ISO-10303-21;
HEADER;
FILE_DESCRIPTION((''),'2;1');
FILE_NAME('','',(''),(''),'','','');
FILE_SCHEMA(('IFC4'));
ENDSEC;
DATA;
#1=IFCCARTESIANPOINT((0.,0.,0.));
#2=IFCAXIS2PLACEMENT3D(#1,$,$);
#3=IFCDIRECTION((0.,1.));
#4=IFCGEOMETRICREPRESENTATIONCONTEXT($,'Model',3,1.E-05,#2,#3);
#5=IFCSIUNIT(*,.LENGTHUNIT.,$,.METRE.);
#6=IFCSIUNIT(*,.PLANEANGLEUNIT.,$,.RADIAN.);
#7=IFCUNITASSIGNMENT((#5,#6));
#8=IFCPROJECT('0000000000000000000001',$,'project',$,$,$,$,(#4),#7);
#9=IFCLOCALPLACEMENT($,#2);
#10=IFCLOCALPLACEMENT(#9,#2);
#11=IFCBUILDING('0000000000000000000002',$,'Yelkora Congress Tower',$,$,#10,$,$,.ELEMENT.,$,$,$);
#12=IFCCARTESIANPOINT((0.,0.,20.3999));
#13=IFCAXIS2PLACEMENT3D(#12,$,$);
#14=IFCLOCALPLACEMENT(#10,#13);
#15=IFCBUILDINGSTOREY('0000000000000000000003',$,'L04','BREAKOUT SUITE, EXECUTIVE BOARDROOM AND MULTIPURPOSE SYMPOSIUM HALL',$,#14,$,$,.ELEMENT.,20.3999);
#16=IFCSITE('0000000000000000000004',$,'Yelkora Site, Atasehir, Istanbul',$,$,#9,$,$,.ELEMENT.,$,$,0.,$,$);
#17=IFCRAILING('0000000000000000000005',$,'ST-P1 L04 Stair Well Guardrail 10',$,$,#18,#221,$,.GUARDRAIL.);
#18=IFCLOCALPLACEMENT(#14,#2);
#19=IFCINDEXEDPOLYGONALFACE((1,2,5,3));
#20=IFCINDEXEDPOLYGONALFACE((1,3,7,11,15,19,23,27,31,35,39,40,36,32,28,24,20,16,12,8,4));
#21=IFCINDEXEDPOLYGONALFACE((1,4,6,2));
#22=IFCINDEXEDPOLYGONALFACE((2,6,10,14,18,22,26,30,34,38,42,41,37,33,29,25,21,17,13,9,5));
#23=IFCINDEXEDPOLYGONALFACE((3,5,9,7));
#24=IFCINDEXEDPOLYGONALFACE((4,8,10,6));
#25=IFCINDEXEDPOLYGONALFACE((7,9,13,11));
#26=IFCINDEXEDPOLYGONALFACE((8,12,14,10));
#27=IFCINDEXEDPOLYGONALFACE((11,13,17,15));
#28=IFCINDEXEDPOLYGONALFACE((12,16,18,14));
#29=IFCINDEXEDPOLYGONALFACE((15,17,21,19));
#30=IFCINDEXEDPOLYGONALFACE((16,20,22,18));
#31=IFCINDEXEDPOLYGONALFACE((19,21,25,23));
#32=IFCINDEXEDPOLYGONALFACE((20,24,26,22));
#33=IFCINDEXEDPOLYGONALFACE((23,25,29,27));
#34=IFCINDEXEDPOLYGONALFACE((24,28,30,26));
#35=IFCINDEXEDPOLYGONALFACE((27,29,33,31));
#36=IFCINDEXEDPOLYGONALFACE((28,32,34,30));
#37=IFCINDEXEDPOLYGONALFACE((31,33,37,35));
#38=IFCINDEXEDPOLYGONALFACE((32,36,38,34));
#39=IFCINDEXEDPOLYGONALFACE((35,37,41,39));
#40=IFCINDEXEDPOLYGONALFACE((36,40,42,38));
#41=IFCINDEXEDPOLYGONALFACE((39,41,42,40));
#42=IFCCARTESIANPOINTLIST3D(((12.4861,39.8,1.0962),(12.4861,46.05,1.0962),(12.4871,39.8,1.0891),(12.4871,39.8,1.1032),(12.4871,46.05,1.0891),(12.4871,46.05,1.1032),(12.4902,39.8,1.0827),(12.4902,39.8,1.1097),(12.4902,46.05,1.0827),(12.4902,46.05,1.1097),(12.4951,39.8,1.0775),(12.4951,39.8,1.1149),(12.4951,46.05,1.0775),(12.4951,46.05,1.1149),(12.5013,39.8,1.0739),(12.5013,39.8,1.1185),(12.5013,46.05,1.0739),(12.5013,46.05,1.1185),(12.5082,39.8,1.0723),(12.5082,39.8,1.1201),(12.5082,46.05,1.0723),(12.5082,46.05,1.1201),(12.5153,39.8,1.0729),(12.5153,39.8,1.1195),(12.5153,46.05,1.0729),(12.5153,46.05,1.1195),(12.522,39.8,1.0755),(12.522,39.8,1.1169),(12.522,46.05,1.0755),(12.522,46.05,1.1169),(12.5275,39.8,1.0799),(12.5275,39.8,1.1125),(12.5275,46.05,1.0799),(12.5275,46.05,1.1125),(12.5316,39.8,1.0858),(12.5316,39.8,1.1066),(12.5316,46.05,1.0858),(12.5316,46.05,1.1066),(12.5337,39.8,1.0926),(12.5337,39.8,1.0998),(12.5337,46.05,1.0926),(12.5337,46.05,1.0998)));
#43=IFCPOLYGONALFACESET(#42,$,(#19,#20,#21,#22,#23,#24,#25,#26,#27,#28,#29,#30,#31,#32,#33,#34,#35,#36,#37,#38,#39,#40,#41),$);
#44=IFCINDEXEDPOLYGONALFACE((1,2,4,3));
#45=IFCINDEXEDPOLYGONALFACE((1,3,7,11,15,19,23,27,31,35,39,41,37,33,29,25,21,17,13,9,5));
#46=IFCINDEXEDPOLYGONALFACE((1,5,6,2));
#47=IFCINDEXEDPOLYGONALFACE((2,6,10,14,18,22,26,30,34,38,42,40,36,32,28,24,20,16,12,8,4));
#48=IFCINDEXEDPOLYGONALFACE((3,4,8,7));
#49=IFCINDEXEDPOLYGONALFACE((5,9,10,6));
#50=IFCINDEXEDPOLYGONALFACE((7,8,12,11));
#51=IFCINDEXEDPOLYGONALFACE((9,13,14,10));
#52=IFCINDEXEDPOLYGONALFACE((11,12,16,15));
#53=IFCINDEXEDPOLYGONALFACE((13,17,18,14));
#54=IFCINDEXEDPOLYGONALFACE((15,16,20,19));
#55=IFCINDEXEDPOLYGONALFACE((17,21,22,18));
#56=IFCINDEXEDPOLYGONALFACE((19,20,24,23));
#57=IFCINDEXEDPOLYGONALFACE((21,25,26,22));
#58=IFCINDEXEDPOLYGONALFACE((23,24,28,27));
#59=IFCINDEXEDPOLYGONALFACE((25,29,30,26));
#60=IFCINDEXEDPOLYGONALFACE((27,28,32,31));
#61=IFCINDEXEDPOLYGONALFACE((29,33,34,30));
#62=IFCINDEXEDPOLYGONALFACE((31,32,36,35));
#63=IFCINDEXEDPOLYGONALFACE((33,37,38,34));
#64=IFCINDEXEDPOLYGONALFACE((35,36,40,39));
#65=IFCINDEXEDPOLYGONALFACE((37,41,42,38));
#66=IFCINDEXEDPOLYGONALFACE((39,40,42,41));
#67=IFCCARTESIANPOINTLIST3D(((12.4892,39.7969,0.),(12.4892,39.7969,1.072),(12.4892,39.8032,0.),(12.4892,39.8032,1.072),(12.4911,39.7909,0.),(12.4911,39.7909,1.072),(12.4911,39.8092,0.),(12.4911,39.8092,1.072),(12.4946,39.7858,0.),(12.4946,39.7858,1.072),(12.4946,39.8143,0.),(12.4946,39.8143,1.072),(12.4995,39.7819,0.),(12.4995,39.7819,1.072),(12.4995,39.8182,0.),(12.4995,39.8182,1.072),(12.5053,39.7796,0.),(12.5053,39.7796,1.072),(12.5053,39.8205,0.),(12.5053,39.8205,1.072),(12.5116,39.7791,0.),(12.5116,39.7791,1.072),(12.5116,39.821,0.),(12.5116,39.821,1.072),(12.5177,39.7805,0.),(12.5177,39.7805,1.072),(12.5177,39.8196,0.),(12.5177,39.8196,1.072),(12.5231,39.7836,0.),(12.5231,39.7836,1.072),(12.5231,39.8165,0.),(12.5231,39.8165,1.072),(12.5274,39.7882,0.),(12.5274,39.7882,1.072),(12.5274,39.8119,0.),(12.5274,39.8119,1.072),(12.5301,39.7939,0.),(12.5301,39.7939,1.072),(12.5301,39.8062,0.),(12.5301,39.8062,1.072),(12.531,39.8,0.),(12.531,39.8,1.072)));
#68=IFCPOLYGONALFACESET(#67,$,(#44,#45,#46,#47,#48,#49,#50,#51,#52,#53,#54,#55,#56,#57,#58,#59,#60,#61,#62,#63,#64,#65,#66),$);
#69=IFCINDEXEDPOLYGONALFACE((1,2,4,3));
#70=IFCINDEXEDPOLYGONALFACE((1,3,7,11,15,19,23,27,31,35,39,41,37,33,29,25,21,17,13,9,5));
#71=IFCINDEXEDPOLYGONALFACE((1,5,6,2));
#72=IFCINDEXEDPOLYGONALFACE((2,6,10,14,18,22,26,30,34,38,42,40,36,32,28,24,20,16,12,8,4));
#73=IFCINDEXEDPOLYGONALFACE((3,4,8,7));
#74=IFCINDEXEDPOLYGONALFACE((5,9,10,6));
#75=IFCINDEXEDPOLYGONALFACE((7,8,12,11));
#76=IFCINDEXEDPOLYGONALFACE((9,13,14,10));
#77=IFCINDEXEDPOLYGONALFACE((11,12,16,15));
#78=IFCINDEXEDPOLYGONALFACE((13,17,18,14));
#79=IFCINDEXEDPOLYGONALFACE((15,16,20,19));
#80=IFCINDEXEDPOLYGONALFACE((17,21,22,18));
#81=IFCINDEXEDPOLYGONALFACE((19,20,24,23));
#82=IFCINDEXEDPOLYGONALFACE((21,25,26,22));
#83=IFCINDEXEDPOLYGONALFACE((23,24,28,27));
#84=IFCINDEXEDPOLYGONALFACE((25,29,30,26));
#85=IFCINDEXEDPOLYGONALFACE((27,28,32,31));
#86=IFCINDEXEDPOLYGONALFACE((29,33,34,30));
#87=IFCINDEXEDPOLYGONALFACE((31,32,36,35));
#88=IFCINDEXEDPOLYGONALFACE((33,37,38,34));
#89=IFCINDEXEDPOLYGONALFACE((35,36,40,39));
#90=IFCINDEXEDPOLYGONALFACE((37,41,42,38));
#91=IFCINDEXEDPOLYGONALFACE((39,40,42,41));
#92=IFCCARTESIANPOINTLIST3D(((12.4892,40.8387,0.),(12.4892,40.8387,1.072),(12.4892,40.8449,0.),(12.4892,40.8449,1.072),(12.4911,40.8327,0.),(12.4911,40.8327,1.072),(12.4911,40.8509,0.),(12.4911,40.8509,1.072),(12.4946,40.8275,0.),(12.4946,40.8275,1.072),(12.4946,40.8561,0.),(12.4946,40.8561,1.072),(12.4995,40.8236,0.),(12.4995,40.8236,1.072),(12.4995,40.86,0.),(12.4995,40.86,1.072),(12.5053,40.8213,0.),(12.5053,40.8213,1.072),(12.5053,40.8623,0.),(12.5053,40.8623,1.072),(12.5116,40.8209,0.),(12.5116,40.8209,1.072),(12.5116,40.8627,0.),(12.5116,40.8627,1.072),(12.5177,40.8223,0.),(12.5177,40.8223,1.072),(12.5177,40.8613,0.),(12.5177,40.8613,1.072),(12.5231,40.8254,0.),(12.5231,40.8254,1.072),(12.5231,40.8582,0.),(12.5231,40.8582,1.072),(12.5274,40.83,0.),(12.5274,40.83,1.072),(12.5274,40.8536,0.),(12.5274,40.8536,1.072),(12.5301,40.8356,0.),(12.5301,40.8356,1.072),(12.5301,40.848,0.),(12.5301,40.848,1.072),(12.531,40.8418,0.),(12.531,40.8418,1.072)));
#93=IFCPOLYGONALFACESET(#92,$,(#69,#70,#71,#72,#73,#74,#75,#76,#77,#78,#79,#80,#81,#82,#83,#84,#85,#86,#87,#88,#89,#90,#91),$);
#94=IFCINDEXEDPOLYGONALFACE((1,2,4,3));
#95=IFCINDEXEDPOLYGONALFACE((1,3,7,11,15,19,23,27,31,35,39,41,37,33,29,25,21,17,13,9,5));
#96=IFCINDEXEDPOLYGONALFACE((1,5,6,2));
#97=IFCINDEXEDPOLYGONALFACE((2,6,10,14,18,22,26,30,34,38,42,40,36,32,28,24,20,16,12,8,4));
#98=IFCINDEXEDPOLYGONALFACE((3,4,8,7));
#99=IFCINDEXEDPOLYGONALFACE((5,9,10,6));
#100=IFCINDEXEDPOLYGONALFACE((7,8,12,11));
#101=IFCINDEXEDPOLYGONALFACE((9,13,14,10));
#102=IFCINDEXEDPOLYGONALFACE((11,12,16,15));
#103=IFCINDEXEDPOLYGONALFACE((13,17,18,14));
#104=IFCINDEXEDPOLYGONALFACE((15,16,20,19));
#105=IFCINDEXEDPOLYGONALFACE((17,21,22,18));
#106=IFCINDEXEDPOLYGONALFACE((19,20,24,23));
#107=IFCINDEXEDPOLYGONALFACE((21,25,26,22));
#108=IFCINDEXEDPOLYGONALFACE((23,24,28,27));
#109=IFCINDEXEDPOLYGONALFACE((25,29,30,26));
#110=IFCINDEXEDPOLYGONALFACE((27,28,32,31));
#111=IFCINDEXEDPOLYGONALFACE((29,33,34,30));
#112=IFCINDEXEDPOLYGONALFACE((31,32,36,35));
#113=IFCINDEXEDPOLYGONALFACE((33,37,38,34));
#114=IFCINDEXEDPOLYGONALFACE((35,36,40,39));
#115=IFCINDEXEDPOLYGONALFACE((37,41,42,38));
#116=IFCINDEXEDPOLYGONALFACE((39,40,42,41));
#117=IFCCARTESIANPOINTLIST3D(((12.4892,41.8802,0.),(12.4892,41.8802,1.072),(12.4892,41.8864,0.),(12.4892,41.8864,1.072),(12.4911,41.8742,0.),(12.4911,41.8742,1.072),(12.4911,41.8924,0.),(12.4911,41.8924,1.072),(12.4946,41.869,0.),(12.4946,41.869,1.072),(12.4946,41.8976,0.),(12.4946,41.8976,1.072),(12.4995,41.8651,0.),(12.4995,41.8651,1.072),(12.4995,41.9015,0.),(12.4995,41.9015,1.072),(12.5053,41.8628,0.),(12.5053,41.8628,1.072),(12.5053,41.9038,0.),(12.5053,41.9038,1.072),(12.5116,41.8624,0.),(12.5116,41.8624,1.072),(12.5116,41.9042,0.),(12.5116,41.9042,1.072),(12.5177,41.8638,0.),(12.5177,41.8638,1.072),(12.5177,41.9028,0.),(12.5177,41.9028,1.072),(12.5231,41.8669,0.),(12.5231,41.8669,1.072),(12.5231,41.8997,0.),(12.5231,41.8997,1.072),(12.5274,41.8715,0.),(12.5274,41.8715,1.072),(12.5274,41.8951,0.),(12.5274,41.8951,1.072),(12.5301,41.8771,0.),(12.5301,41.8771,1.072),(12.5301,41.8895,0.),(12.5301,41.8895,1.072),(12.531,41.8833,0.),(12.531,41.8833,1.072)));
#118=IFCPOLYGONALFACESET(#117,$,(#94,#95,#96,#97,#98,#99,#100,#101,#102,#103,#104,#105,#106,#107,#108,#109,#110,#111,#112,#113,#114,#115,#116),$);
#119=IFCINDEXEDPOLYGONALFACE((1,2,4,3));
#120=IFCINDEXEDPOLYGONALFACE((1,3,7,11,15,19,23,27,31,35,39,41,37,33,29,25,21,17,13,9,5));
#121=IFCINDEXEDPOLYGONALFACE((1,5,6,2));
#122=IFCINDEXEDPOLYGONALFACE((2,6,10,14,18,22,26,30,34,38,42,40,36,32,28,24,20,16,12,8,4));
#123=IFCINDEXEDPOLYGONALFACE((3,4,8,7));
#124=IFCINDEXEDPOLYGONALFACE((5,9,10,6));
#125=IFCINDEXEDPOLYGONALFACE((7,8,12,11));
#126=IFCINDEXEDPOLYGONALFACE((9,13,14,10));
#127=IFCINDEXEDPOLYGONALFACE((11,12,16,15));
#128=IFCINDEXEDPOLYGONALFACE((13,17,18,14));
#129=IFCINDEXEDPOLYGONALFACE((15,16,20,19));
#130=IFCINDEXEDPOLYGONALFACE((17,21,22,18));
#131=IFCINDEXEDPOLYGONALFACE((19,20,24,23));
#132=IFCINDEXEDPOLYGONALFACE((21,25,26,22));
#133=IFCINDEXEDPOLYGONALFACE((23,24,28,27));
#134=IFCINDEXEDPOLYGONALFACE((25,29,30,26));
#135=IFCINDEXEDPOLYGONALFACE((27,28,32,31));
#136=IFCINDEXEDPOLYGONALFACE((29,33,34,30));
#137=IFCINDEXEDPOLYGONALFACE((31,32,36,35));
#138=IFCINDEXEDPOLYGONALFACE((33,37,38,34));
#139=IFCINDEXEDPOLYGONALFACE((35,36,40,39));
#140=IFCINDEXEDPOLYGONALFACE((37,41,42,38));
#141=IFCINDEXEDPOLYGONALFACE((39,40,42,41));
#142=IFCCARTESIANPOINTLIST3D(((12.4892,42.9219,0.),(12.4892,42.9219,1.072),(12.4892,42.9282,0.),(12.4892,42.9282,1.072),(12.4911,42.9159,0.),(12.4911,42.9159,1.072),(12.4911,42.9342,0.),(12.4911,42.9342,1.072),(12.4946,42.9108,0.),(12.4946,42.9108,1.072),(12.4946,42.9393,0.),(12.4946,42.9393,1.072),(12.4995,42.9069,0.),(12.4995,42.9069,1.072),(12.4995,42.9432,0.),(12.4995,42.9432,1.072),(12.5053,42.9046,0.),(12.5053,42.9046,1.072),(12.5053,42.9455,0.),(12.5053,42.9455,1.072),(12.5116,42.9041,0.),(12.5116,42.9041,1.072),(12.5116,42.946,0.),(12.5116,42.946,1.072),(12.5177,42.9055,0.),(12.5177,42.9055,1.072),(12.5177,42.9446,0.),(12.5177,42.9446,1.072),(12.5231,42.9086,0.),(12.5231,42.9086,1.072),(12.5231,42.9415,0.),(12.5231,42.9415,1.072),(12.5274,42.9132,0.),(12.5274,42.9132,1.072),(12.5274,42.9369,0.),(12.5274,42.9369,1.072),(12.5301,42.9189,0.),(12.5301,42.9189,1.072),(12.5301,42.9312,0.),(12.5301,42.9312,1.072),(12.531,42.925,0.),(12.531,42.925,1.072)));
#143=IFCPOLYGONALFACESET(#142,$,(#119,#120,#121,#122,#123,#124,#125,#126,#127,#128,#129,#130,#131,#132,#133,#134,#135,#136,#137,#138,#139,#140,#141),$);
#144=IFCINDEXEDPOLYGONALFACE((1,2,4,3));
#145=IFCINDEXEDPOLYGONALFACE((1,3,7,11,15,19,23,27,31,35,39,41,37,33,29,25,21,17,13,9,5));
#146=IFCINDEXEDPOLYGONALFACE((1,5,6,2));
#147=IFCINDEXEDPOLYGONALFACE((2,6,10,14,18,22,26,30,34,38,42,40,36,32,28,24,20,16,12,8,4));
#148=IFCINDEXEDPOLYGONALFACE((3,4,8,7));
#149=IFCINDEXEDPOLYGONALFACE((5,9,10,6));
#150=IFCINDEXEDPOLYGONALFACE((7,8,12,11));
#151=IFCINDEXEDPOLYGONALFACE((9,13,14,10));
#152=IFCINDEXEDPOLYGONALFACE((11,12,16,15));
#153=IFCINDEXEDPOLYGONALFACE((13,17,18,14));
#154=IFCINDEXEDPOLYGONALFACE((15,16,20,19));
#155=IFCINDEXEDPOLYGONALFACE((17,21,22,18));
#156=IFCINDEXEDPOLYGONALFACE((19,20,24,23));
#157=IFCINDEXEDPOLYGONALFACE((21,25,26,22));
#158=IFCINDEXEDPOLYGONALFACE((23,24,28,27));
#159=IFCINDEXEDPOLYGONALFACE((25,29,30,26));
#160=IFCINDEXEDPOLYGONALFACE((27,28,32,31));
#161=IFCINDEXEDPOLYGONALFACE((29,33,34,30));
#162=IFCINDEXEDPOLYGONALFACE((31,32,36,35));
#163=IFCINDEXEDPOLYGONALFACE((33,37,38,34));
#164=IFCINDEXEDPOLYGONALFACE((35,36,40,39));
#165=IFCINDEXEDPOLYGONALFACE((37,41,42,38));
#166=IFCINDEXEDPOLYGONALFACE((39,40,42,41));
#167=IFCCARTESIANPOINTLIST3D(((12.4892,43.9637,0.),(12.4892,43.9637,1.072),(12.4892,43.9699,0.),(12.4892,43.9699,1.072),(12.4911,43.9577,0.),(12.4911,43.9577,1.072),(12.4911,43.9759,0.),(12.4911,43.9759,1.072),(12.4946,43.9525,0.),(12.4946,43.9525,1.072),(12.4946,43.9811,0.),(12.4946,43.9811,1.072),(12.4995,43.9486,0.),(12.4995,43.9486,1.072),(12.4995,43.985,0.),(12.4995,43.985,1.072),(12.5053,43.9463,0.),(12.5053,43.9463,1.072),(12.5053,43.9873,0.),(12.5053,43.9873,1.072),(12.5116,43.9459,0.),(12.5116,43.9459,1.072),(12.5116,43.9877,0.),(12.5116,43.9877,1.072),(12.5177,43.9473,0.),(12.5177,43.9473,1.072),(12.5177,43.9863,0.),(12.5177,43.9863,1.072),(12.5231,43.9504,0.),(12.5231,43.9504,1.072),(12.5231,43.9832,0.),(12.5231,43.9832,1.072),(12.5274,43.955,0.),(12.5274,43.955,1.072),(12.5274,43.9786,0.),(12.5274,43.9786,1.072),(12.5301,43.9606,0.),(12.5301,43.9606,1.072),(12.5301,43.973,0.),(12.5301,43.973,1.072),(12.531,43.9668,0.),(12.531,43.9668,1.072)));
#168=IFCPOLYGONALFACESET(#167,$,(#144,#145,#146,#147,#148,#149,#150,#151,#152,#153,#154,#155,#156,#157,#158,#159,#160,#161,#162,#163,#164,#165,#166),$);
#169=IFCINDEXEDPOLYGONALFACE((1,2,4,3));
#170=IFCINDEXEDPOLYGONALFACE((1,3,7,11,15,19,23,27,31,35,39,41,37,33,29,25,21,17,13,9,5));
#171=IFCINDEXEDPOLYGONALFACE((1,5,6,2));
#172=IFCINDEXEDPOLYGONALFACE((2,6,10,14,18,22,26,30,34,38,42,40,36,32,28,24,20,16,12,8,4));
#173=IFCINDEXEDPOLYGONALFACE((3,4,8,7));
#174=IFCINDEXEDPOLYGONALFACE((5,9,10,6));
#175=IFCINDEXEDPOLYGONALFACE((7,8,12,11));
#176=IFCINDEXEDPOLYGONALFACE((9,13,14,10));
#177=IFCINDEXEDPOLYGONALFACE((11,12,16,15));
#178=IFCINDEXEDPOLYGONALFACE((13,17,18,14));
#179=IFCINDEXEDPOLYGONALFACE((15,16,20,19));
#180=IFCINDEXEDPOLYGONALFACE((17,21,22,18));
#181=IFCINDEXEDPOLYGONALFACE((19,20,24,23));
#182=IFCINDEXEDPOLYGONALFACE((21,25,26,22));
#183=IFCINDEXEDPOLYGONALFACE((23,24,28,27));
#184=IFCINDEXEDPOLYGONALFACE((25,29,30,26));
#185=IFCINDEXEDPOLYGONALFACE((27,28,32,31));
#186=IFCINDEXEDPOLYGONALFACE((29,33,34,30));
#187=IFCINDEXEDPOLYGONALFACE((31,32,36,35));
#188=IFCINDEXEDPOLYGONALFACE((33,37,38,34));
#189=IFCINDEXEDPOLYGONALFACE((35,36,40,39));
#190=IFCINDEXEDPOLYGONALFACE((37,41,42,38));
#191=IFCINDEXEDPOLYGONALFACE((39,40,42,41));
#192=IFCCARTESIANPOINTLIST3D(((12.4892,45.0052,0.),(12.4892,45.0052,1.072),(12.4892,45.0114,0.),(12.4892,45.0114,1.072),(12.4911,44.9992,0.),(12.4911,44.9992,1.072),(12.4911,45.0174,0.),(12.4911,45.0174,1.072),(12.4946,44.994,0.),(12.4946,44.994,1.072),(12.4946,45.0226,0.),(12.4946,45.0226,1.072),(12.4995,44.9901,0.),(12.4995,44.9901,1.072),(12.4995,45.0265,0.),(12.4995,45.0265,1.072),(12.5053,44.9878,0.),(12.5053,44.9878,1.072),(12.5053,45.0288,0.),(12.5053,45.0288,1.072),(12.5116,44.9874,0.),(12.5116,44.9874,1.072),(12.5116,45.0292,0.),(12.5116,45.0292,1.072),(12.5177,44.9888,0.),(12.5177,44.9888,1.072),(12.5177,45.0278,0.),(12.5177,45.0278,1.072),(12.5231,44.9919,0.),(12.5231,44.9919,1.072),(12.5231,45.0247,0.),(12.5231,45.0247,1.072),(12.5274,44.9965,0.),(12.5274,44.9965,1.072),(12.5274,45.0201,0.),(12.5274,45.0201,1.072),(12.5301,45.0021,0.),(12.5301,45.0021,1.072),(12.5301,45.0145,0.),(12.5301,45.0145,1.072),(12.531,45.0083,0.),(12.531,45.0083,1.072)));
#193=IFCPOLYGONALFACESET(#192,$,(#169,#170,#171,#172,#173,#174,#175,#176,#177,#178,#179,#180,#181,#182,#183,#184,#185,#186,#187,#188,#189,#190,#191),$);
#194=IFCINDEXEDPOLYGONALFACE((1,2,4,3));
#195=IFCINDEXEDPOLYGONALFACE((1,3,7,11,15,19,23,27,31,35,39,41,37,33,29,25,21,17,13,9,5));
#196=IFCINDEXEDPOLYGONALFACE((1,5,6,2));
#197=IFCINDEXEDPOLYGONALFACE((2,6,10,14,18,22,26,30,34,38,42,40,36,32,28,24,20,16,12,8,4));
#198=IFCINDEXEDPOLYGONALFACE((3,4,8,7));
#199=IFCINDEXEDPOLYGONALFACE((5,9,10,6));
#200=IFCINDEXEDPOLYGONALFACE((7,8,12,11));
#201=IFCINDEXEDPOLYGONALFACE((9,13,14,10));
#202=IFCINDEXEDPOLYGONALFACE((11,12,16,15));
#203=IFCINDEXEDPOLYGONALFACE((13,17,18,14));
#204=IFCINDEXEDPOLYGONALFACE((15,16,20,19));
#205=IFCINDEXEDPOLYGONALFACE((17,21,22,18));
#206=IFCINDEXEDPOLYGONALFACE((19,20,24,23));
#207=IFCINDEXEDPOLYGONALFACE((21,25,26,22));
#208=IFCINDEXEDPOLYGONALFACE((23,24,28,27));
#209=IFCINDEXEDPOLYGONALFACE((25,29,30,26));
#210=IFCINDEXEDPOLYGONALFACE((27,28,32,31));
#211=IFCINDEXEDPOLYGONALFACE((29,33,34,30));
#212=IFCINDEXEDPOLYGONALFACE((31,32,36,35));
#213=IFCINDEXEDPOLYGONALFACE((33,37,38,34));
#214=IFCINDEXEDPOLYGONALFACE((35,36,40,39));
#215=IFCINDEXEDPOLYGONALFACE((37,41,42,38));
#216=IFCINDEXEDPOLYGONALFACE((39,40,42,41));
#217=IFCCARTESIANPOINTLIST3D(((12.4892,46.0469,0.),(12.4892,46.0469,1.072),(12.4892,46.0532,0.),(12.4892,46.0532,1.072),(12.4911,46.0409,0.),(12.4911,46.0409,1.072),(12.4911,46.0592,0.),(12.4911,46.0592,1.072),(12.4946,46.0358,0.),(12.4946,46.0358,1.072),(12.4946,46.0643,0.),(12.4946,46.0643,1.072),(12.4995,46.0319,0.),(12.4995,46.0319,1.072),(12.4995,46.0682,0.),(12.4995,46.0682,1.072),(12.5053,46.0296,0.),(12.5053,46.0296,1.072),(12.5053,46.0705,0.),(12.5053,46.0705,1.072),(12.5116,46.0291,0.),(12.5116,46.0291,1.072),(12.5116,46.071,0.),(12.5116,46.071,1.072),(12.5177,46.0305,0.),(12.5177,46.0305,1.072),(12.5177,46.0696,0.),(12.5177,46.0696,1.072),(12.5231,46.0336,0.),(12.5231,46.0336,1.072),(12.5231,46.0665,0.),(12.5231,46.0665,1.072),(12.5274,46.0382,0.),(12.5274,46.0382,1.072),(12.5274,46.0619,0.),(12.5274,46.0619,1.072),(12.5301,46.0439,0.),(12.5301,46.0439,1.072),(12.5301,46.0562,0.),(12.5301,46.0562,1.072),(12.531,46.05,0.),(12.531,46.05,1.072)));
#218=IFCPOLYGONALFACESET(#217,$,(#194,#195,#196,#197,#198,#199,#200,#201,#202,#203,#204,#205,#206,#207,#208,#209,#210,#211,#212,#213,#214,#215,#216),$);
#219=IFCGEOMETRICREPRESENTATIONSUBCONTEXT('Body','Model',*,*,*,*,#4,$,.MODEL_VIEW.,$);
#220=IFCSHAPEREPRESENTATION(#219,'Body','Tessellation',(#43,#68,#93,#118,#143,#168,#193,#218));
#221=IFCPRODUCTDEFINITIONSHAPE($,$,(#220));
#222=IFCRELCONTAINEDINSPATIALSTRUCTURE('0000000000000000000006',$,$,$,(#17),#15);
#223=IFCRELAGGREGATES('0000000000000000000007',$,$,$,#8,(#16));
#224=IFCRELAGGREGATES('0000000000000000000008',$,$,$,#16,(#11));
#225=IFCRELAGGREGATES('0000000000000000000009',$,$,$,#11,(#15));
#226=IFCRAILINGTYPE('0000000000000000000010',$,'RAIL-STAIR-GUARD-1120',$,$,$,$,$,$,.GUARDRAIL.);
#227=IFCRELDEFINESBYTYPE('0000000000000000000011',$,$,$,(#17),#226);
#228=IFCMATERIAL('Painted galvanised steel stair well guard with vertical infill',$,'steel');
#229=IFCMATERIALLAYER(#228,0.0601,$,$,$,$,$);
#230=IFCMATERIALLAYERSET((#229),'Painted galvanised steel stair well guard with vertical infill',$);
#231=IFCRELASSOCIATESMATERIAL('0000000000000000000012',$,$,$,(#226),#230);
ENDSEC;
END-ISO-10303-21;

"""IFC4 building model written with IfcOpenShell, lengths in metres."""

from ifc_helpers import new_model, si_unit, direction, frame, origin, origin_2d, place, context, subcontext, project, spatial, circle, extrude, material, layer, layer_set, type_object, element, save


model = new_model("IFC4")

# Units and contexts
model_context = context("Model", 3, precision=1e-05, world=origin(), true_north=direction((0.0, 1.0)))
body_context = subcontext(model_context, "Body", "Model", "MODEL_VIEW")
ifc_project = project(units=[si_unit("LENGTHUNIT", "METRE"), si_unit("PLANEANGLEUNIT", "RADIAN")], contexts=[model_context])

# Site, building, storey
site_placement = place(None, origin())
site = spatial("IfcSite", under=ifc_project, at=site_placement, Name="Yelkora Site, Atasehir, Istanbul", CompositionType="ELEMENT", RefElevation=0.0)
building_placement = place(site_placement, origin())
building = spatial("IfcBuilding", under=site, at=building_placement, Name="Yelkora Congress Tower", CompositionType="ELEMENT")
storey_placement = place(building_placement, frame((0.0, 0.0, 20.3999)))
storey = spatial("IfcBuildingStorey", under=building, at=storey_placement, Name="L04", Description="BREAKOUT SUITE, EXECUTIVE BOARDROOM AND MULTIPURPOSE SYMPOSIUM HALL", CompositionType="ELEMENT", Elevation=20.3999)

# Railing
ifc_material_1 = material(Name="Painted galvanised steel stair well guard with vertical infill", Category="steel")
ifc_layer_1 = layer(ifc_material_1, 0.0601)
ifc_layer_set_1 = layer_set([ifc_layer_1], Name="Painted galvanised steel stair well guard with vertical infill")
railing_type_1 = type_object("IfcRailingType", Name="RAIL-STAIR-GUARD-1120", PredefinedType="GUARDRAIL", material=ifc_layer_set_1)
railing_1_placement = place(storey_placement, frame((12.51, 39.8, 0.0)))
element("IfcRailing", 1, at=railing_1_placement, inside=storey, type_object=railing_type_1, Name="ST-P1 L04 Stair Well Guardrail 10", PredefinedType="GUARDRAIL", context=body_context, shape_type="SweptSolid", body=[
    extrude(circle(Radius=0.0239, at=origin_2d()), frame((0.0, 0.0, 1.0962), z_axis=(0.0, 1.0, 0.0), x_axis=(-1.0, 0.0, 0.0)), (0.0, 0.0, 1.0), 6.25),
    extrude(circle(Radius=0.021, at=origin_2d()), origin(), (0.0, 0.0, 1.0), 1.072),
    extrude(circle(Radius=0.021, at=origin_2d()), frame((0.0, 1.0417, 0.0)), (0.0, 0.0, 1.0), 1.072),
    extrude(circle(Radius=0.021, at=origin_2d()), frame((0.0, 2.0833, 0.0)), (0.0, 0.0, 1.0), 1.072),
    extrude(circle(Radius=0.021, at=origin_2d()), frame((0.0, 3.125, 0.0)), (0.0, 0.0, 1.0), 1.072),
    extrude(circle(Radius=0.021, at=origin_2d()), frame((0.0, 4.1667, 0.0)), (0.0, 0.0, 1.0), 1.072),
    extrude(circle(Radius=0.021, at=origin_2d()), frame((0.0, 5.2083, 0.0)), (0.0, 0.0, 1.0), 1.072),
    extrude(circle(Radius=0.021, at=origin_2d()), frame((0.0, 6.25, 0.0)), (0.0, 0.0, 1.0), 1.072),
])

save(model, "model.ifc")
